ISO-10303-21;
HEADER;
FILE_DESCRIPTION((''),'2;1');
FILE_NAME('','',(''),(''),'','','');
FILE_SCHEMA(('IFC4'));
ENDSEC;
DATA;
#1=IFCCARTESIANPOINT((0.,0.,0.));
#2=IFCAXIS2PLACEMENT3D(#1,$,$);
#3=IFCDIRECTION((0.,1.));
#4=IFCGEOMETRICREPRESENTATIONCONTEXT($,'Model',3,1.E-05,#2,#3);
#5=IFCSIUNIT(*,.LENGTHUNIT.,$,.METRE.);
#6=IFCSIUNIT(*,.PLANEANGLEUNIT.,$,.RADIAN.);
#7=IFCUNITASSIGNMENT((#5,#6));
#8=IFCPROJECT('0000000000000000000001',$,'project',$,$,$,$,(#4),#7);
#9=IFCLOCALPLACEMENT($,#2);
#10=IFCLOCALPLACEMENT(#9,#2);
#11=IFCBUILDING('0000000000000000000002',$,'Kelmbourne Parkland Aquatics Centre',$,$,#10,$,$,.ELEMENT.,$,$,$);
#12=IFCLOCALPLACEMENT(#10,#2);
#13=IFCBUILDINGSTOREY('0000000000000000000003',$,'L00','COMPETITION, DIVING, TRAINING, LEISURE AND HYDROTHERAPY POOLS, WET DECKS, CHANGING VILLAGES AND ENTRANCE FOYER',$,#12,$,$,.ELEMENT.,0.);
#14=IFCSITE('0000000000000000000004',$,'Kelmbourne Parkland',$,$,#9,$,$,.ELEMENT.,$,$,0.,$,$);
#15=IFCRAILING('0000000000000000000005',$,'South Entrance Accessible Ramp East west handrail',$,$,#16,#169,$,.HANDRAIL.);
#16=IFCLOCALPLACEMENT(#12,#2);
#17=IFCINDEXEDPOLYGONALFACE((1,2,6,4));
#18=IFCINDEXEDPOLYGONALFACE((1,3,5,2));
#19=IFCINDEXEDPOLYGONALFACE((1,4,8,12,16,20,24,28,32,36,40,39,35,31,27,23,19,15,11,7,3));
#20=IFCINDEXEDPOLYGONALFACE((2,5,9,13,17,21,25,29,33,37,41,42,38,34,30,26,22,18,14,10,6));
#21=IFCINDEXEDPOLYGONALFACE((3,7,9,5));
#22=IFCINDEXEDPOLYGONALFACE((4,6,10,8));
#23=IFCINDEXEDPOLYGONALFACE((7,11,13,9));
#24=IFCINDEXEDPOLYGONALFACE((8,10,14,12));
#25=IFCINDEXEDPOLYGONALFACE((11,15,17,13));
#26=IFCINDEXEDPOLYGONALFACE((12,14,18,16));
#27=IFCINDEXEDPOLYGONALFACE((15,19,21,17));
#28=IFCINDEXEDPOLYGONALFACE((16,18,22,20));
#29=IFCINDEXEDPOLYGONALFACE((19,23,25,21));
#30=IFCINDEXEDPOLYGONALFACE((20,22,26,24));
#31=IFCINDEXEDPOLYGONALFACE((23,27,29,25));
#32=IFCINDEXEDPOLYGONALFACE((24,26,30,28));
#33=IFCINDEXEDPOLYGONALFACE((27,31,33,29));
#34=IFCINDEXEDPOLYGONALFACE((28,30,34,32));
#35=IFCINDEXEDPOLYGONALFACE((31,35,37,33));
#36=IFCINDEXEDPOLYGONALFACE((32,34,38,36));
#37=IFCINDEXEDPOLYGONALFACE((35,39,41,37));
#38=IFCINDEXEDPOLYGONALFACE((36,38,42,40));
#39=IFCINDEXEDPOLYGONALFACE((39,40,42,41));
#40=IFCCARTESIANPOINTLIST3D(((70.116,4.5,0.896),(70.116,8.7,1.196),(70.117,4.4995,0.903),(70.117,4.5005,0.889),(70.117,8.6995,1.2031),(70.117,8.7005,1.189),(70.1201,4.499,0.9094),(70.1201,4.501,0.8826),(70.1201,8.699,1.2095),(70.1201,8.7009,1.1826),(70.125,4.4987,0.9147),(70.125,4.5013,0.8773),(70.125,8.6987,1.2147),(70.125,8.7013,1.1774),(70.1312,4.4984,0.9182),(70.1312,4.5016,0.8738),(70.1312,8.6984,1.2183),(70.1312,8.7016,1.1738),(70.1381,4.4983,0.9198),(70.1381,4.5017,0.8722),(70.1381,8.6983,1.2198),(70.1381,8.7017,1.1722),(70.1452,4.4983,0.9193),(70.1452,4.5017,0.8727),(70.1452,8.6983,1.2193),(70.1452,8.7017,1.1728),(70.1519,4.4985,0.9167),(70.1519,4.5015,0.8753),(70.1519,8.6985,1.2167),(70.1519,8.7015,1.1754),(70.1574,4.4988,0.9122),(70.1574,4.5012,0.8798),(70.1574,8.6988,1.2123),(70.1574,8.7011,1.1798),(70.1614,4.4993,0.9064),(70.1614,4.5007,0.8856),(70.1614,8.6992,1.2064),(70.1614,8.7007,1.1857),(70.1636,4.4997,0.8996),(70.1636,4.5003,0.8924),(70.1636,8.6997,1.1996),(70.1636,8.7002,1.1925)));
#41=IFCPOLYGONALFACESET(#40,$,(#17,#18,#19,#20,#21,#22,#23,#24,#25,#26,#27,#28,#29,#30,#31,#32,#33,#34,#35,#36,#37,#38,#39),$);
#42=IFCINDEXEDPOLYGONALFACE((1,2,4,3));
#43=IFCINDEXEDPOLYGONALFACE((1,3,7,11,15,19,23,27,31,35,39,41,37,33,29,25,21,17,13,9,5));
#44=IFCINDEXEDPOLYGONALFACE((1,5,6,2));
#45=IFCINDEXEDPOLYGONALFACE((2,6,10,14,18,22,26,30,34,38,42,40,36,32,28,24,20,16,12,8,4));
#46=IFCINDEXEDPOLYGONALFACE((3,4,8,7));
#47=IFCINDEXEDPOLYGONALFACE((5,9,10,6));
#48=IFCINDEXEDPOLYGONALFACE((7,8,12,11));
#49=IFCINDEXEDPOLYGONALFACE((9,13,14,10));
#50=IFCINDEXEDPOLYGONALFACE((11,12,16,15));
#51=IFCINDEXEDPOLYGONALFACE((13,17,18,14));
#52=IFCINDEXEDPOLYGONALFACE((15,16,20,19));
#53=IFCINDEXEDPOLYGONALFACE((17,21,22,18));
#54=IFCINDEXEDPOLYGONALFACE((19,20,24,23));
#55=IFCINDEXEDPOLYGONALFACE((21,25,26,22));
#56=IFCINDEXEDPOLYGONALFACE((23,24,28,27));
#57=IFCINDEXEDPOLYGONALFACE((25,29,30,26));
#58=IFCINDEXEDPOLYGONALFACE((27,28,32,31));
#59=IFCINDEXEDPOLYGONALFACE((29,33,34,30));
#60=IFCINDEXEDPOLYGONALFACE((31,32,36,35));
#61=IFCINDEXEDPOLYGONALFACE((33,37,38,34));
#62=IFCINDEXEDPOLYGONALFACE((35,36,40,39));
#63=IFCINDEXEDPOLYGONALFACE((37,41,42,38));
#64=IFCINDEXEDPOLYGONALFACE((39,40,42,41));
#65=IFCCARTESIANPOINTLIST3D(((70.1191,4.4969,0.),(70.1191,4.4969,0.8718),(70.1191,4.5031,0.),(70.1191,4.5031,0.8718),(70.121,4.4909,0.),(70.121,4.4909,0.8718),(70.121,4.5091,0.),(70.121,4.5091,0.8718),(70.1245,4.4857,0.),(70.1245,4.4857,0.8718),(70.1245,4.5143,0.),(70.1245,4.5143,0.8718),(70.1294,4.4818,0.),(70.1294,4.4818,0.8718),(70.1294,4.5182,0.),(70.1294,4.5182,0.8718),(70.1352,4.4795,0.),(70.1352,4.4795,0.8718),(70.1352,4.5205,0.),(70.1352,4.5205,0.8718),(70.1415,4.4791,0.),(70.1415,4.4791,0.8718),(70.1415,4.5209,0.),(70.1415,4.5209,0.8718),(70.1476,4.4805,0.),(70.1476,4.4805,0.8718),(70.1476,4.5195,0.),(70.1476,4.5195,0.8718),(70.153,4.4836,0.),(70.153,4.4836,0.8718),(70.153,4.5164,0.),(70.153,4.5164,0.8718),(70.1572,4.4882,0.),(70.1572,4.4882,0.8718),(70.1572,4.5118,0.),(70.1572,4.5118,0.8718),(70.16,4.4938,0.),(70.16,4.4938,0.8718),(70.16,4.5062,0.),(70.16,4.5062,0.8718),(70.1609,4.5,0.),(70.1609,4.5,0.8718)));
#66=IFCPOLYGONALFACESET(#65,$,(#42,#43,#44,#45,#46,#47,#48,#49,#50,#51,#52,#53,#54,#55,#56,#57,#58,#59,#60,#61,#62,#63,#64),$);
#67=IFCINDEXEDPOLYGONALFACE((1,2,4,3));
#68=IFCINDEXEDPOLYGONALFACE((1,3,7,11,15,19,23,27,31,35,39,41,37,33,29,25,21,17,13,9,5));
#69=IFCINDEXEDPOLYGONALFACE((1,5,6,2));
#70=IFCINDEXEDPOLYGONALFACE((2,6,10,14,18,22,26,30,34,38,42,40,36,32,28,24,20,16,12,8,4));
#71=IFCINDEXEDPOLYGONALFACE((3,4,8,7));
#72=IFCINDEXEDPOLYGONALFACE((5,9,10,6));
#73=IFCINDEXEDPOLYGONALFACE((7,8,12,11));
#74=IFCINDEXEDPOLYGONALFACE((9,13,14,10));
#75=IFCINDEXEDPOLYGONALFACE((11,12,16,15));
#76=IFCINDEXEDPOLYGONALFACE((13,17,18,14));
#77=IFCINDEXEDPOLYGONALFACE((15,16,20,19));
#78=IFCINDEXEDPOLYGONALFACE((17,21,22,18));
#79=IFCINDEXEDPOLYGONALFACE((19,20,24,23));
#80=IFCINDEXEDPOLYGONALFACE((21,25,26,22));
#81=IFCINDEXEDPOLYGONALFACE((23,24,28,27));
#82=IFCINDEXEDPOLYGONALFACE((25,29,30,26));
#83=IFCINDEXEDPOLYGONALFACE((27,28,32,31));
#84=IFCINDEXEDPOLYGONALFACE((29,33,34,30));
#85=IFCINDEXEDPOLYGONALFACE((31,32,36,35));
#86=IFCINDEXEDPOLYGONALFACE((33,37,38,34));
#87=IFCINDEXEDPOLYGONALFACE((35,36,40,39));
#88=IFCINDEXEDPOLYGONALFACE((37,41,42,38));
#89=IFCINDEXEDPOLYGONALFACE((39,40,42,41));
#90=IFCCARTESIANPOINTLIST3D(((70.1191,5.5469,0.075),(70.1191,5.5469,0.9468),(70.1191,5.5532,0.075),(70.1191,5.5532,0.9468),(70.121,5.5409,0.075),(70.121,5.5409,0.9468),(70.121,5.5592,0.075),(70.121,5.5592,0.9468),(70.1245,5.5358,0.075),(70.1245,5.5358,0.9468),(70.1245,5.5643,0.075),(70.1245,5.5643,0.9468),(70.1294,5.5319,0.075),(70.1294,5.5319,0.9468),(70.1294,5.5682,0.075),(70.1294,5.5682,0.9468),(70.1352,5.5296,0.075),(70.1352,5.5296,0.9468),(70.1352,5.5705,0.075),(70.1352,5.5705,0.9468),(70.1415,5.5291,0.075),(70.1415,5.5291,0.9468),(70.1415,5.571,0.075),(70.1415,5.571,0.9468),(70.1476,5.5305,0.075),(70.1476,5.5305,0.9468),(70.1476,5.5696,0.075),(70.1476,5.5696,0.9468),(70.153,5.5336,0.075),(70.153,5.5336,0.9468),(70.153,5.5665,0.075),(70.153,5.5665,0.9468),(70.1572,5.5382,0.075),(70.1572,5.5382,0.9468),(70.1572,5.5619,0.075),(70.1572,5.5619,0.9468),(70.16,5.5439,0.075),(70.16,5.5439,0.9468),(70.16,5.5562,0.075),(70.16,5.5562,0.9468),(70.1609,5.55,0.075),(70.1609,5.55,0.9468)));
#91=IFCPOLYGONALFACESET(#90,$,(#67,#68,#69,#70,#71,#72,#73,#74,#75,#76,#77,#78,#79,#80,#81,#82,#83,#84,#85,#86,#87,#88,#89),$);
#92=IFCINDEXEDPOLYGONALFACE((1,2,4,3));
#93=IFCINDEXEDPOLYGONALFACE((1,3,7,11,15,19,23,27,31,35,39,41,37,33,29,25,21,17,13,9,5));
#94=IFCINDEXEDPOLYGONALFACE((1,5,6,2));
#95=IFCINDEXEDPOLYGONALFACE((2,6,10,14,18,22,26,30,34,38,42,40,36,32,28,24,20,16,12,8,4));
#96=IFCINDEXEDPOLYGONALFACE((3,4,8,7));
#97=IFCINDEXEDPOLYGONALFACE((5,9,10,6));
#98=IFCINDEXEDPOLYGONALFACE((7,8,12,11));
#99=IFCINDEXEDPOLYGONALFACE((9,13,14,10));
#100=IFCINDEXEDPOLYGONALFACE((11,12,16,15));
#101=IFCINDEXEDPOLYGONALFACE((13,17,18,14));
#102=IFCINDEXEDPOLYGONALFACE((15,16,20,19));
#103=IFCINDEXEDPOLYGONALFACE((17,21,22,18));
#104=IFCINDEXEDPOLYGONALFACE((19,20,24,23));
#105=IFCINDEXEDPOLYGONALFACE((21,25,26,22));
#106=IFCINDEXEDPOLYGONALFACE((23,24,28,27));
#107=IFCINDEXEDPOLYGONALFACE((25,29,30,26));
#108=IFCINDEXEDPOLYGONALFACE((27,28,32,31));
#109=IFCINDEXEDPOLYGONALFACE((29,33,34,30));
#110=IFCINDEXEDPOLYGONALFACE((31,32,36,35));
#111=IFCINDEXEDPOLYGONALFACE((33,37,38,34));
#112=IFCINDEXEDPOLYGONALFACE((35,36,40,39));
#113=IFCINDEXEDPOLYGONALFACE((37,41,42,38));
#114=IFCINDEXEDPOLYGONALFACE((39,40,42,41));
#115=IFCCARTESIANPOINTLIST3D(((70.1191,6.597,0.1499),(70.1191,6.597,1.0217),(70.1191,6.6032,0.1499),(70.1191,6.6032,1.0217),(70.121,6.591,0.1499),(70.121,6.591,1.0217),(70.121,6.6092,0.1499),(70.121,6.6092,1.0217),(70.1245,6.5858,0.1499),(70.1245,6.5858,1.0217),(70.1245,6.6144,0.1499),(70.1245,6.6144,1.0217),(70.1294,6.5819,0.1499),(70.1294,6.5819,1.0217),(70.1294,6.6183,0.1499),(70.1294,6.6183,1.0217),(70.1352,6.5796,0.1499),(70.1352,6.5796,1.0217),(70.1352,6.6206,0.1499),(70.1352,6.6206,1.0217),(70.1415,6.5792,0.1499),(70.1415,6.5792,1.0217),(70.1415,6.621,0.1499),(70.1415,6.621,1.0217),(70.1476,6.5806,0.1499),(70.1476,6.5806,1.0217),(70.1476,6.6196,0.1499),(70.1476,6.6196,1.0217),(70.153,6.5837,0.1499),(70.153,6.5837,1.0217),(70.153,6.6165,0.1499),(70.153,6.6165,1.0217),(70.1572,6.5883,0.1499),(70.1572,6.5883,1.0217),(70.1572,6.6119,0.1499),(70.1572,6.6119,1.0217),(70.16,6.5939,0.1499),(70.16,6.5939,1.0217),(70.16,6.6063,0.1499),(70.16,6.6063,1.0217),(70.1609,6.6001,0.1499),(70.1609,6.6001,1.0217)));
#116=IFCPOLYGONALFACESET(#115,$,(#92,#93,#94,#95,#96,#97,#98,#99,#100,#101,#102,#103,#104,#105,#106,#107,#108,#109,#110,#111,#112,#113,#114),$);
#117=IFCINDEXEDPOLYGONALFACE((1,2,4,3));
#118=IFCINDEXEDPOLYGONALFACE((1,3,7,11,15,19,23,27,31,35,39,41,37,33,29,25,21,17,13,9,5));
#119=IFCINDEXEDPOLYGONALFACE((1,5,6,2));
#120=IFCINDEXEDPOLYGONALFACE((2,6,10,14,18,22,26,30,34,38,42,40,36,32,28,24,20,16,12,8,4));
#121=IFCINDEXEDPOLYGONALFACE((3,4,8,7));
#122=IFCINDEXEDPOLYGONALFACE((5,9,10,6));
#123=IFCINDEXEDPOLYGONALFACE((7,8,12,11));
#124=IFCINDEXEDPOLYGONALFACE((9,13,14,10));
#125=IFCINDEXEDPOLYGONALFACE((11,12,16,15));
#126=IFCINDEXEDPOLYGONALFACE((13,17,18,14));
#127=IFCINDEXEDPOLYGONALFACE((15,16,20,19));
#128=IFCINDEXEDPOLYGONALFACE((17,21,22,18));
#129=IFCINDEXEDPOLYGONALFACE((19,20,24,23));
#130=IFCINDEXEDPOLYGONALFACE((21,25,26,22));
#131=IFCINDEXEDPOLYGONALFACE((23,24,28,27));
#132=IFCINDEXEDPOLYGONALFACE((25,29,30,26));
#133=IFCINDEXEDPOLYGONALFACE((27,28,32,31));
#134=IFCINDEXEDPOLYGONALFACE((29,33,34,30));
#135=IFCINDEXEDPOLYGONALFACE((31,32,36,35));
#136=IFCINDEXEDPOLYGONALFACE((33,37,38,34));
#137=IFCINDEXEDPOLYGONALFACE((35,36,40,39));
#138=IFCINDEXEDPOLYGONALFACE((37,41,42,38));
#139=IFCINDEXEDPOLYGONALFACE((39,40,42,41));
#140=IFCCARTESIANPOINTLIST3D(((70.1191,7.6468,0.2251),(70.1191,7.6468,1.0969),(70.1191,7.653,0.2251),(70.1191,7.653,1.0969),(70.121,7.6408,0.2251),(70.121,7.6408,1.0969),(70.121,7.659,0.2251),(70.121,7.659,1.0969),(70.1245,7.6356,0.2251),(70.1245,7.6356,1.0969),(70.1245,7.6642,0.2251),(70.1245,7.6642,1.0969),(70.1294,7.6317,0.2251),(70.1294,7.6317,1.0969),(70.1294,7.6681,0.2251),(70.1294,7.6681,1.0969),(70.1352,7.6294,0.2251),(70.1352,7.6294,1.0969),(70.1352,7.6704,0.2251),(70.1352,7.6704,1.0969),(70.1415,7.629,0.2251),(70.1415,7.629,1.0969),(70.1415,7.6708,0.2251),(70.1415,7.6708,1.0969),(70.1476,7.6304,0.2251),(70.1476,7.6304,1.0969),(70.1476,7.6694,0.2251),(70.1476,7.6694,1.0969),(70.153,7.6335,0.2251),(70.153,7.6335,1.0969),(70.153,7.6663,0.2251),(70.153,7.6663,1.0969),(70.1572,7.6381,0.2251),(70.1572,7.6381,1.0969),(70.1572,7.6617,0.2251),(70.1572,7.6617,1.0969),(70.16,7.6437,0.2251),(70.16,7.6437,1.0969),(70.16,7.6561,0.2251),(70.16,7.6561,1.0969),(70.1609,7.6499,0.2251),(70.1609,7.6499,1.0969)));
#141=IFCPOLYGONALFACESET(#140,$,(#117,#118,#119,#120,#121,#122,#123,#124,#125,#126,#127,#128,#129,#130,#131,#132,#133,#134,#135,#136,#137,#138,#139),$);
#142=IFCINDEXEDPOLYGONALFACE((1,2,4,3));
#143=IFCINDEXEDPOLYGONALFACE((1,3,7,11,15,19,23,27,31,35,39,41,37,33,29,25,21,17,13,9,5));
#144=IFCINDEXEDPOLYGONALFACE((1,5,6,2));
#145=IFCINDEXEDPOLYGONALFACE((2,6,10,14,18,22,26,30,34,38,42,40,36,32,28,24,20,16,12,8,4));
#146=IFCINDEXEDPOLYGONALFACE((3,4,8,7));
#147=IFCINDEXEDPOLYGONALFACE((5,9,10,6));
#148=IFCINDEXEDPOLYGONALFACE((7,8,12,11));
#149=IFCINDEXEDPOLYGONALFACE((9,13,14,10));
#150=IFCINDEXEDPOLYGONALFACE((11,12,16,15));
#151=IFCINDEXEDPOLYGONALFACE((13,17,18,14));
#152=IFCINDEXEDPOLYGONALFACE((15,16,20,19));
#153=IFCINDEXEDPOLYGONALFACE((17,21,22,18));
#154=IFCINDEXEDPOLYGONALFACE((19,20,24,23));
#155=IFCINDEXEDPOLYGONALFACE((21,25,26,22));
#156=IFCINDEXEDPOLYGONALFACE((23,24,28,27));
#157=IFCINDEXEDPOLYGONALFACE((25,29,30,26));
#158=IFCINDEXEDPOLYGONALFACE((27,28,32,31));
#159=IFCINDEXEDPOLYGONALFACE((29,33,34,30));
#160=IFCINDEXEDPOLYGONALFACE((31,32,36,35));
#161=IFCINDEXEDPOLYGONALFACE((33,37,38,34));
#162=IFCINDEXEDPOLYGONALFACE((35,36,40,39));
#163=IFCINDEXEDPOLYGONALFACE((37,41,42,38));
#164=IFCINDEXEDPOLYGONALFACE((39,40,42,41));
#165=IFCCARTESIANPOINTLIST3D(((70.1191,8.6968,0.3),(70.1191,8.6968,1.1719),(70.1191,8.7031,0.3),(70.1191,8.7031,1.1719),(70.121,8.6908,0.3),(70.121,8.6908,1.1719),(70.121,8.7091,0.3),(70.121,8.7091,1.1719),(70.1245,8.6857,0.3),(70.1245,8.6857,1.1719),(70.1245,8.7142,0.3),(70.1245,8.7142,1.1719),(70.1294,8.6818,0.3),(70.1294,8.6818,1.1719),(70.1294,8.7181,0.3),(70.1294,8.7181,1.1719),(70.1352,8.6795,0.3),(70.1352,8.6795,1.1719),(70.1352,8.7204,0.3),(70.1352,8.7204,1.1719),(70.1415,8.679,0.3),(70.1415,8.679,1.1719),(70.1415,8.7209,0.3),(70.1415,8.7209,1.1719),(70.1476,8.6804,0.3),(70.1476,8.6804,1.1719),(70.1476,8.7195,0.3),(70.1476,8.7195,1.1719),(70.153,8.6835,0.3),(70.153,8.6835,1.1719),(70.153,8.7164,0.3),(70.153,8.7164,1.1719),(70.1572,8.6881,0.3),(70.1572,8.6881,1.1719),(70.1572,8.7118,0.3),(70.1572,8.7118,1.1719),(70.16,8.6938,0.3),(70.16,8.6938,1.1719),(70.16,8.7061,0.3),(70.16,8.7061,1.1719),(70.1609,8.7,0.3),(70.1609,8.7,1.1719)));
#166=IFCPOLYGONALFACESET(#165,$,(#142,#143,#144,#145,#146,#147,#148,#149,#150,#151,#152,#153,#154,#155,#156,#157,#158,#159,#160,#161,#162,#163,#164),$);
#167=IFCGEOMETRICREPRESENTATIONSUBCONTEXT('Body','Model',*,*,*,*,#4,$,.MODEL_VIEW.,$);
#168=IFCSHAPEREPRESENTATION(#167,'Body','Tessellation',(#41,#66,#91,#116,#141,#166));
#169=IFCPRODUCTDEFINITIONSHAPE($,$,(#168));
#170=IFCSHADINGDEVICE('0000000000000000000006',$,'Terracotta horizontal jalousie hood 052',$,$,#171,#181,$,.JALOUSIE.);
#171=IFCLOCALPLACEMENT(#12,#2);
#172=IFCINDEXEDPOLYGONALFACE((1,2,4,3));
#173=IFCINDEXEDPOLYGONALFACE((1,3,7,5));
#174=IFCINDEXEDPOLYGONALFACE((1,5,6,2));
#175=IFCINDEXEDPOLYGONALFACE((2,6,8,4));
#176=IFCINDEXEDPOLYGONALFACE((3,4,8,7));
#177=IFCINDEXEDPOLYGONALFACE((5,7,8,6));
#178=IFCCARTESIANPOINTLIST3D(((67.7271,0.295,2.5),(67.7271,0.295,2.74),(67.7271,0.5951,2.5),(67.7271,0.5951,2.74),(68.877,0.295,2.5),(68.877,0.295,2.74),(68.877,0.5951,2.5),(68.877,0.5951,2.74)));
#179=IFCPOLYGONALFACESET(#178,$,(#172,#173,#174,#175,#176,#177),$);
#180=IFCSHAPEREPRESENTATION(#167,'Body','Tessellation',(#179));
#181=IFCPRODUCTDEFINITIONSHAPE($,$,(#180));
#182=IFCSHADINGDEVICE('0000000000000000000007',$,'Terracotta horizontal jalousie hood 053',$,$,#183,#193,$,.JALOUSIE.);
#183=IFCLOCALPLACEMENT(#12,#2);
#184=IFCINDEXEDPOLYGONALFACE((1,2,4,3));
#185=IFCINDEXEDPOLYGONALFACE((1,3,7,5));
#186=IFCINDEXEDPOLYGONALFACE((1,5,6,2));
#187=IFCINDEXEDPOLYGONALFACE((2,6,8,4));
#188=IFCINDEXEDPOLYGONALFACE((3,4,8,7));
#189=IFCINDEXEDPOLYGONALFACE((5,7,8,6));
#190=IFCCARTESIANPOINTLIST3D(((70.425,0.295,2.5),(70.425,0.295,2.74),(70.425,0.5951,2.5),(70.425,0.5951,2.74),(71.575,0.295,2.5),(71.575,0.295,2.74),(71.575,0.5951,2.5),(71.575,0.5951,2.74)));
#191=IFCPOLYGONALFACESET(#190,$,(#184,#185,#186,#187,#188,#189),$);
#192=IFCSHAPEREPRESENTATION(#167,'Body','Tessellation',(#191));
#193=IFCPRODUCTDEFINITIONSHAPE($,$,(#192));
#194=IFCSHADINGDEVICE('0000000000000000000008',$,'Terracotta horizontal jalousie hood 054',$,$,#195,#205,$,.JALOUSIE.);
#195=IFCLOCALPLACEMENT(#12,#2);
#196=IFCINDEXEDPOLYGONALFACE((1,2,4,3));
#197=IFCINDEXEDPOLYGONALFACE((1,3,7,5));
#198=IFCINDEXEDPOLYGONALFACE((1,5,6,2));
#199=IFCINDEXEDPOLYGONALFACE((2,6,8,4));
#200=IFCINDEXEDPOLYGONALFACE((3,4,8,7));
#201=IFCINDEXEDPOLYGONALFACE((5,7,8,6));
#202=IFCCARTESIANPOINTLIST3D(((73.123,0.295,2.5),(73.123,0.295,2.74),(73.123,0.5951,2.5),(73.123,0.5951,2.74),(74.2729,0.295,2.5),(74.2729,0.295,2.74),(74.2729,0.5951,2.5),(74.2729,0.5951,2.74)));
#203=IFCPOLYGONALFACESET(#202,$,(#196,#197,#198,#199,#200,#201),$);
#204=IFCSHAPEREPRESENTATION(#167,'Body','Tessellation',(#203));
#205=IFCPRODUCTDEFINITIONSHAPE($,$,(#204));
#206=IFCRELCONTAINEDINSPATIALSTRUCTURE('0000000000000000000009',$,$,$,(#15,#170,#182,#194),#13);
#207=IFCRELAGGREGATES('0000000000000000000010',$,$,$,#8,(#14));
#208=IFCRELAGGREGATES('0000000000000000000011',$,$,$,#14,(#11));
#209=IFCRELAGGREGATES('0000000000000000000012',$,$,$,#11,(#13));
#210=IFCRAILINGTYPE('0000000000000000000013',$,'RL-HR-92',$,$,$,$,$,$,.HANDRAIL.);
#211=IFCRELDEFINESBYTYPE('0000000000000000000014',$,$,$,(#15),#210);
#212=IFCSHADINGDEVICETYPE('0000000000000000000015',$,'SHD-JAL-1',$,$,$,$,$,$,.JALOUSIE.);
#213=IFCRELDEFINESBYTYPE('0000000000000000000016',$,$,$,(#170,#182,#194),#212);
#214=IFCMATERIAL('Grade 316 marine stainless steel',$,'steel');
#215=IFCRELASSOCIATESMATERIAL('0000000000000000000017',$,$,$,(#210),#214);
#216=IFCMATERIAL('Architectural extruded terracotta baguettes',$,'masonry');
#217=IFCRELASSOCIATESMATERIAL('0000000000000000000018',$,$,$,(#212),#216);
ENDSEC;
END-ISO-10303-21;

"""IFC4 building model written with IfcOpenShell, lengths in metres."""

from ifc_helpers import new_model, si_unit, direction, frame, origin, origin_2d, place, context, subcontext, project, spatial, rectangle, circle, extrude, material, type_object, element, save


model = new_model("IFC4")

# Units and contexts
model_context = context("Model", 3, precision=1e-05, world=origin(), true_north=direction((0.0, 1.0)))
body_context = subcontext(model_context, "Body", "Model", "MODEL_VIEW")
ifc_project = project(units=[si_unit("LENGTHUNIT", "METRE"), si_unit("PLANEANGLEUNIT", "RADIAN")], contexts=[model_context])

# Site, building, storey
site_placement = place(None, origin())
site = spatial("IfcSite", under=ifc_project, at=site_placement, Name="Kelmbourne Parkland", CompositionType="ELEMENT", RefElevation=0.0)
building_placement = place(site_placement, origin())
building = spatial("IfcBuilding", under=site, at=building_placement, Name="Kelmbourne Parkland Aquatics Centre", CompositionType="ELEMENT")
storey_placement = place(building_placement, origin())
storey = spatial("IfcBuildingStorey", under=building, at=storey_placement, Name="L00", Description="COMPETITION, DIVING, TRAINING, LEISURE AND HYDROTHERAPY POOLS, WET DECKS, CHANGING VILLAGES AND ENTRANCE FOYER", CompositionType="ELEMENT", Elevation=0.0)

# Railing
ifc_material_1 = material(Name="Grade 316 marine stainless steel", Category="steel")
railing_type = type_object("IfcRailingType", Name="RL-HR-92", PredefinedType="HANDRAIL", material=ifc_material_1)
railing_placement = place(storey_placement, frame((70.1399, 4.5, 0.0)))
element("IfcRailing", 1, at=railing_placement, inside=storey, type_object=railing_type, Name="South Entrance Accessible Ramp East west handrail", PredefinedType="HANDRAIL", context=body_context, shape_type="SweptSolid", body=[
    extrude(circle(Radius=0.0239, at=origin_2d()), frame((0.0, 0.0, 0.896), z_axis=(0.0, 0.997458, 0.071259), x_axis=(-1.0, 0.0, 0.0)), (0.0, 0.0, 1.0), 4.2107),
    extrude(circle(Radius=0.021, at=origin_2d()), origin(), (0.0, 0.0, 1.0), 0.8718),
    extrude(circle(Radius=0.021, at=origin_2d()), frame((0.0, 1.05, 0.075)), (0.0, 0.0, 1.0), 0.8718),
    extrude(circle(Radius=0.021, at=origin_2d()), frame((0.0, 2.1001, 0.1499)), (0.0, 0.0, 1.0), 0.8718),
    extrude(circle(Radius=0.021, at=origin_2d()), frame((0.0, 3.1499, 0.2251)), (0.0, 0.0, 1.0), 0.8718),
    extrude(circle(Radius=0.021, at=origin_2d()), frame((0.0, 4.2, 0.3)), (0.0, 0.0, 1.0), 0.8718),
])

# Shading devices
ifc_material_2 = material(Name="Architectural extruded terracotta baguettes", Category="masonry")
shading_device_type = type_object("IfcShadingDeviceType", Name="SHD-JAL-1", PredefinedType="JALOUSIE", material=ifc_material_2)
for number, where, z_axis, x_axis, name in (
    (2, (68.302, 0.4451, 2.5), (0.0, 0.0, 1.0), (1.0, 0.0, 0.0), "Terracotta horizontal jalousie hood 052"),
    (3, (71.0, 0.4451, 2.5), (0.0, 0.0, 1.0), (1.0, 0.0, 0.0), "Terracotta horizontal jalousie hood 053"),
    (4, (73.698, 0.4451, 2.5), (0.0, 0.0, 1.0), (1.0, 0.0, 0.0), "Terracotta horizontal jalousie hood 054"),
):
    element("IfcShadingDevice", number, at=place(storey_placement, frame(where, z_axis=z_axis, x_axis=x_axis)), inside=storey, type_object=shading_device_type, Name=name, PredefinedType="JALOUSIE", context=body_context, shape_type="SweptSolid", body=[
        extrude(rectangle(XDim=1.1499, YDim=0.3, at=origin_2d()), origin(), (0.0, 0.0, 1.0), 0.24),
    ])

save(model, "model.ifc")
